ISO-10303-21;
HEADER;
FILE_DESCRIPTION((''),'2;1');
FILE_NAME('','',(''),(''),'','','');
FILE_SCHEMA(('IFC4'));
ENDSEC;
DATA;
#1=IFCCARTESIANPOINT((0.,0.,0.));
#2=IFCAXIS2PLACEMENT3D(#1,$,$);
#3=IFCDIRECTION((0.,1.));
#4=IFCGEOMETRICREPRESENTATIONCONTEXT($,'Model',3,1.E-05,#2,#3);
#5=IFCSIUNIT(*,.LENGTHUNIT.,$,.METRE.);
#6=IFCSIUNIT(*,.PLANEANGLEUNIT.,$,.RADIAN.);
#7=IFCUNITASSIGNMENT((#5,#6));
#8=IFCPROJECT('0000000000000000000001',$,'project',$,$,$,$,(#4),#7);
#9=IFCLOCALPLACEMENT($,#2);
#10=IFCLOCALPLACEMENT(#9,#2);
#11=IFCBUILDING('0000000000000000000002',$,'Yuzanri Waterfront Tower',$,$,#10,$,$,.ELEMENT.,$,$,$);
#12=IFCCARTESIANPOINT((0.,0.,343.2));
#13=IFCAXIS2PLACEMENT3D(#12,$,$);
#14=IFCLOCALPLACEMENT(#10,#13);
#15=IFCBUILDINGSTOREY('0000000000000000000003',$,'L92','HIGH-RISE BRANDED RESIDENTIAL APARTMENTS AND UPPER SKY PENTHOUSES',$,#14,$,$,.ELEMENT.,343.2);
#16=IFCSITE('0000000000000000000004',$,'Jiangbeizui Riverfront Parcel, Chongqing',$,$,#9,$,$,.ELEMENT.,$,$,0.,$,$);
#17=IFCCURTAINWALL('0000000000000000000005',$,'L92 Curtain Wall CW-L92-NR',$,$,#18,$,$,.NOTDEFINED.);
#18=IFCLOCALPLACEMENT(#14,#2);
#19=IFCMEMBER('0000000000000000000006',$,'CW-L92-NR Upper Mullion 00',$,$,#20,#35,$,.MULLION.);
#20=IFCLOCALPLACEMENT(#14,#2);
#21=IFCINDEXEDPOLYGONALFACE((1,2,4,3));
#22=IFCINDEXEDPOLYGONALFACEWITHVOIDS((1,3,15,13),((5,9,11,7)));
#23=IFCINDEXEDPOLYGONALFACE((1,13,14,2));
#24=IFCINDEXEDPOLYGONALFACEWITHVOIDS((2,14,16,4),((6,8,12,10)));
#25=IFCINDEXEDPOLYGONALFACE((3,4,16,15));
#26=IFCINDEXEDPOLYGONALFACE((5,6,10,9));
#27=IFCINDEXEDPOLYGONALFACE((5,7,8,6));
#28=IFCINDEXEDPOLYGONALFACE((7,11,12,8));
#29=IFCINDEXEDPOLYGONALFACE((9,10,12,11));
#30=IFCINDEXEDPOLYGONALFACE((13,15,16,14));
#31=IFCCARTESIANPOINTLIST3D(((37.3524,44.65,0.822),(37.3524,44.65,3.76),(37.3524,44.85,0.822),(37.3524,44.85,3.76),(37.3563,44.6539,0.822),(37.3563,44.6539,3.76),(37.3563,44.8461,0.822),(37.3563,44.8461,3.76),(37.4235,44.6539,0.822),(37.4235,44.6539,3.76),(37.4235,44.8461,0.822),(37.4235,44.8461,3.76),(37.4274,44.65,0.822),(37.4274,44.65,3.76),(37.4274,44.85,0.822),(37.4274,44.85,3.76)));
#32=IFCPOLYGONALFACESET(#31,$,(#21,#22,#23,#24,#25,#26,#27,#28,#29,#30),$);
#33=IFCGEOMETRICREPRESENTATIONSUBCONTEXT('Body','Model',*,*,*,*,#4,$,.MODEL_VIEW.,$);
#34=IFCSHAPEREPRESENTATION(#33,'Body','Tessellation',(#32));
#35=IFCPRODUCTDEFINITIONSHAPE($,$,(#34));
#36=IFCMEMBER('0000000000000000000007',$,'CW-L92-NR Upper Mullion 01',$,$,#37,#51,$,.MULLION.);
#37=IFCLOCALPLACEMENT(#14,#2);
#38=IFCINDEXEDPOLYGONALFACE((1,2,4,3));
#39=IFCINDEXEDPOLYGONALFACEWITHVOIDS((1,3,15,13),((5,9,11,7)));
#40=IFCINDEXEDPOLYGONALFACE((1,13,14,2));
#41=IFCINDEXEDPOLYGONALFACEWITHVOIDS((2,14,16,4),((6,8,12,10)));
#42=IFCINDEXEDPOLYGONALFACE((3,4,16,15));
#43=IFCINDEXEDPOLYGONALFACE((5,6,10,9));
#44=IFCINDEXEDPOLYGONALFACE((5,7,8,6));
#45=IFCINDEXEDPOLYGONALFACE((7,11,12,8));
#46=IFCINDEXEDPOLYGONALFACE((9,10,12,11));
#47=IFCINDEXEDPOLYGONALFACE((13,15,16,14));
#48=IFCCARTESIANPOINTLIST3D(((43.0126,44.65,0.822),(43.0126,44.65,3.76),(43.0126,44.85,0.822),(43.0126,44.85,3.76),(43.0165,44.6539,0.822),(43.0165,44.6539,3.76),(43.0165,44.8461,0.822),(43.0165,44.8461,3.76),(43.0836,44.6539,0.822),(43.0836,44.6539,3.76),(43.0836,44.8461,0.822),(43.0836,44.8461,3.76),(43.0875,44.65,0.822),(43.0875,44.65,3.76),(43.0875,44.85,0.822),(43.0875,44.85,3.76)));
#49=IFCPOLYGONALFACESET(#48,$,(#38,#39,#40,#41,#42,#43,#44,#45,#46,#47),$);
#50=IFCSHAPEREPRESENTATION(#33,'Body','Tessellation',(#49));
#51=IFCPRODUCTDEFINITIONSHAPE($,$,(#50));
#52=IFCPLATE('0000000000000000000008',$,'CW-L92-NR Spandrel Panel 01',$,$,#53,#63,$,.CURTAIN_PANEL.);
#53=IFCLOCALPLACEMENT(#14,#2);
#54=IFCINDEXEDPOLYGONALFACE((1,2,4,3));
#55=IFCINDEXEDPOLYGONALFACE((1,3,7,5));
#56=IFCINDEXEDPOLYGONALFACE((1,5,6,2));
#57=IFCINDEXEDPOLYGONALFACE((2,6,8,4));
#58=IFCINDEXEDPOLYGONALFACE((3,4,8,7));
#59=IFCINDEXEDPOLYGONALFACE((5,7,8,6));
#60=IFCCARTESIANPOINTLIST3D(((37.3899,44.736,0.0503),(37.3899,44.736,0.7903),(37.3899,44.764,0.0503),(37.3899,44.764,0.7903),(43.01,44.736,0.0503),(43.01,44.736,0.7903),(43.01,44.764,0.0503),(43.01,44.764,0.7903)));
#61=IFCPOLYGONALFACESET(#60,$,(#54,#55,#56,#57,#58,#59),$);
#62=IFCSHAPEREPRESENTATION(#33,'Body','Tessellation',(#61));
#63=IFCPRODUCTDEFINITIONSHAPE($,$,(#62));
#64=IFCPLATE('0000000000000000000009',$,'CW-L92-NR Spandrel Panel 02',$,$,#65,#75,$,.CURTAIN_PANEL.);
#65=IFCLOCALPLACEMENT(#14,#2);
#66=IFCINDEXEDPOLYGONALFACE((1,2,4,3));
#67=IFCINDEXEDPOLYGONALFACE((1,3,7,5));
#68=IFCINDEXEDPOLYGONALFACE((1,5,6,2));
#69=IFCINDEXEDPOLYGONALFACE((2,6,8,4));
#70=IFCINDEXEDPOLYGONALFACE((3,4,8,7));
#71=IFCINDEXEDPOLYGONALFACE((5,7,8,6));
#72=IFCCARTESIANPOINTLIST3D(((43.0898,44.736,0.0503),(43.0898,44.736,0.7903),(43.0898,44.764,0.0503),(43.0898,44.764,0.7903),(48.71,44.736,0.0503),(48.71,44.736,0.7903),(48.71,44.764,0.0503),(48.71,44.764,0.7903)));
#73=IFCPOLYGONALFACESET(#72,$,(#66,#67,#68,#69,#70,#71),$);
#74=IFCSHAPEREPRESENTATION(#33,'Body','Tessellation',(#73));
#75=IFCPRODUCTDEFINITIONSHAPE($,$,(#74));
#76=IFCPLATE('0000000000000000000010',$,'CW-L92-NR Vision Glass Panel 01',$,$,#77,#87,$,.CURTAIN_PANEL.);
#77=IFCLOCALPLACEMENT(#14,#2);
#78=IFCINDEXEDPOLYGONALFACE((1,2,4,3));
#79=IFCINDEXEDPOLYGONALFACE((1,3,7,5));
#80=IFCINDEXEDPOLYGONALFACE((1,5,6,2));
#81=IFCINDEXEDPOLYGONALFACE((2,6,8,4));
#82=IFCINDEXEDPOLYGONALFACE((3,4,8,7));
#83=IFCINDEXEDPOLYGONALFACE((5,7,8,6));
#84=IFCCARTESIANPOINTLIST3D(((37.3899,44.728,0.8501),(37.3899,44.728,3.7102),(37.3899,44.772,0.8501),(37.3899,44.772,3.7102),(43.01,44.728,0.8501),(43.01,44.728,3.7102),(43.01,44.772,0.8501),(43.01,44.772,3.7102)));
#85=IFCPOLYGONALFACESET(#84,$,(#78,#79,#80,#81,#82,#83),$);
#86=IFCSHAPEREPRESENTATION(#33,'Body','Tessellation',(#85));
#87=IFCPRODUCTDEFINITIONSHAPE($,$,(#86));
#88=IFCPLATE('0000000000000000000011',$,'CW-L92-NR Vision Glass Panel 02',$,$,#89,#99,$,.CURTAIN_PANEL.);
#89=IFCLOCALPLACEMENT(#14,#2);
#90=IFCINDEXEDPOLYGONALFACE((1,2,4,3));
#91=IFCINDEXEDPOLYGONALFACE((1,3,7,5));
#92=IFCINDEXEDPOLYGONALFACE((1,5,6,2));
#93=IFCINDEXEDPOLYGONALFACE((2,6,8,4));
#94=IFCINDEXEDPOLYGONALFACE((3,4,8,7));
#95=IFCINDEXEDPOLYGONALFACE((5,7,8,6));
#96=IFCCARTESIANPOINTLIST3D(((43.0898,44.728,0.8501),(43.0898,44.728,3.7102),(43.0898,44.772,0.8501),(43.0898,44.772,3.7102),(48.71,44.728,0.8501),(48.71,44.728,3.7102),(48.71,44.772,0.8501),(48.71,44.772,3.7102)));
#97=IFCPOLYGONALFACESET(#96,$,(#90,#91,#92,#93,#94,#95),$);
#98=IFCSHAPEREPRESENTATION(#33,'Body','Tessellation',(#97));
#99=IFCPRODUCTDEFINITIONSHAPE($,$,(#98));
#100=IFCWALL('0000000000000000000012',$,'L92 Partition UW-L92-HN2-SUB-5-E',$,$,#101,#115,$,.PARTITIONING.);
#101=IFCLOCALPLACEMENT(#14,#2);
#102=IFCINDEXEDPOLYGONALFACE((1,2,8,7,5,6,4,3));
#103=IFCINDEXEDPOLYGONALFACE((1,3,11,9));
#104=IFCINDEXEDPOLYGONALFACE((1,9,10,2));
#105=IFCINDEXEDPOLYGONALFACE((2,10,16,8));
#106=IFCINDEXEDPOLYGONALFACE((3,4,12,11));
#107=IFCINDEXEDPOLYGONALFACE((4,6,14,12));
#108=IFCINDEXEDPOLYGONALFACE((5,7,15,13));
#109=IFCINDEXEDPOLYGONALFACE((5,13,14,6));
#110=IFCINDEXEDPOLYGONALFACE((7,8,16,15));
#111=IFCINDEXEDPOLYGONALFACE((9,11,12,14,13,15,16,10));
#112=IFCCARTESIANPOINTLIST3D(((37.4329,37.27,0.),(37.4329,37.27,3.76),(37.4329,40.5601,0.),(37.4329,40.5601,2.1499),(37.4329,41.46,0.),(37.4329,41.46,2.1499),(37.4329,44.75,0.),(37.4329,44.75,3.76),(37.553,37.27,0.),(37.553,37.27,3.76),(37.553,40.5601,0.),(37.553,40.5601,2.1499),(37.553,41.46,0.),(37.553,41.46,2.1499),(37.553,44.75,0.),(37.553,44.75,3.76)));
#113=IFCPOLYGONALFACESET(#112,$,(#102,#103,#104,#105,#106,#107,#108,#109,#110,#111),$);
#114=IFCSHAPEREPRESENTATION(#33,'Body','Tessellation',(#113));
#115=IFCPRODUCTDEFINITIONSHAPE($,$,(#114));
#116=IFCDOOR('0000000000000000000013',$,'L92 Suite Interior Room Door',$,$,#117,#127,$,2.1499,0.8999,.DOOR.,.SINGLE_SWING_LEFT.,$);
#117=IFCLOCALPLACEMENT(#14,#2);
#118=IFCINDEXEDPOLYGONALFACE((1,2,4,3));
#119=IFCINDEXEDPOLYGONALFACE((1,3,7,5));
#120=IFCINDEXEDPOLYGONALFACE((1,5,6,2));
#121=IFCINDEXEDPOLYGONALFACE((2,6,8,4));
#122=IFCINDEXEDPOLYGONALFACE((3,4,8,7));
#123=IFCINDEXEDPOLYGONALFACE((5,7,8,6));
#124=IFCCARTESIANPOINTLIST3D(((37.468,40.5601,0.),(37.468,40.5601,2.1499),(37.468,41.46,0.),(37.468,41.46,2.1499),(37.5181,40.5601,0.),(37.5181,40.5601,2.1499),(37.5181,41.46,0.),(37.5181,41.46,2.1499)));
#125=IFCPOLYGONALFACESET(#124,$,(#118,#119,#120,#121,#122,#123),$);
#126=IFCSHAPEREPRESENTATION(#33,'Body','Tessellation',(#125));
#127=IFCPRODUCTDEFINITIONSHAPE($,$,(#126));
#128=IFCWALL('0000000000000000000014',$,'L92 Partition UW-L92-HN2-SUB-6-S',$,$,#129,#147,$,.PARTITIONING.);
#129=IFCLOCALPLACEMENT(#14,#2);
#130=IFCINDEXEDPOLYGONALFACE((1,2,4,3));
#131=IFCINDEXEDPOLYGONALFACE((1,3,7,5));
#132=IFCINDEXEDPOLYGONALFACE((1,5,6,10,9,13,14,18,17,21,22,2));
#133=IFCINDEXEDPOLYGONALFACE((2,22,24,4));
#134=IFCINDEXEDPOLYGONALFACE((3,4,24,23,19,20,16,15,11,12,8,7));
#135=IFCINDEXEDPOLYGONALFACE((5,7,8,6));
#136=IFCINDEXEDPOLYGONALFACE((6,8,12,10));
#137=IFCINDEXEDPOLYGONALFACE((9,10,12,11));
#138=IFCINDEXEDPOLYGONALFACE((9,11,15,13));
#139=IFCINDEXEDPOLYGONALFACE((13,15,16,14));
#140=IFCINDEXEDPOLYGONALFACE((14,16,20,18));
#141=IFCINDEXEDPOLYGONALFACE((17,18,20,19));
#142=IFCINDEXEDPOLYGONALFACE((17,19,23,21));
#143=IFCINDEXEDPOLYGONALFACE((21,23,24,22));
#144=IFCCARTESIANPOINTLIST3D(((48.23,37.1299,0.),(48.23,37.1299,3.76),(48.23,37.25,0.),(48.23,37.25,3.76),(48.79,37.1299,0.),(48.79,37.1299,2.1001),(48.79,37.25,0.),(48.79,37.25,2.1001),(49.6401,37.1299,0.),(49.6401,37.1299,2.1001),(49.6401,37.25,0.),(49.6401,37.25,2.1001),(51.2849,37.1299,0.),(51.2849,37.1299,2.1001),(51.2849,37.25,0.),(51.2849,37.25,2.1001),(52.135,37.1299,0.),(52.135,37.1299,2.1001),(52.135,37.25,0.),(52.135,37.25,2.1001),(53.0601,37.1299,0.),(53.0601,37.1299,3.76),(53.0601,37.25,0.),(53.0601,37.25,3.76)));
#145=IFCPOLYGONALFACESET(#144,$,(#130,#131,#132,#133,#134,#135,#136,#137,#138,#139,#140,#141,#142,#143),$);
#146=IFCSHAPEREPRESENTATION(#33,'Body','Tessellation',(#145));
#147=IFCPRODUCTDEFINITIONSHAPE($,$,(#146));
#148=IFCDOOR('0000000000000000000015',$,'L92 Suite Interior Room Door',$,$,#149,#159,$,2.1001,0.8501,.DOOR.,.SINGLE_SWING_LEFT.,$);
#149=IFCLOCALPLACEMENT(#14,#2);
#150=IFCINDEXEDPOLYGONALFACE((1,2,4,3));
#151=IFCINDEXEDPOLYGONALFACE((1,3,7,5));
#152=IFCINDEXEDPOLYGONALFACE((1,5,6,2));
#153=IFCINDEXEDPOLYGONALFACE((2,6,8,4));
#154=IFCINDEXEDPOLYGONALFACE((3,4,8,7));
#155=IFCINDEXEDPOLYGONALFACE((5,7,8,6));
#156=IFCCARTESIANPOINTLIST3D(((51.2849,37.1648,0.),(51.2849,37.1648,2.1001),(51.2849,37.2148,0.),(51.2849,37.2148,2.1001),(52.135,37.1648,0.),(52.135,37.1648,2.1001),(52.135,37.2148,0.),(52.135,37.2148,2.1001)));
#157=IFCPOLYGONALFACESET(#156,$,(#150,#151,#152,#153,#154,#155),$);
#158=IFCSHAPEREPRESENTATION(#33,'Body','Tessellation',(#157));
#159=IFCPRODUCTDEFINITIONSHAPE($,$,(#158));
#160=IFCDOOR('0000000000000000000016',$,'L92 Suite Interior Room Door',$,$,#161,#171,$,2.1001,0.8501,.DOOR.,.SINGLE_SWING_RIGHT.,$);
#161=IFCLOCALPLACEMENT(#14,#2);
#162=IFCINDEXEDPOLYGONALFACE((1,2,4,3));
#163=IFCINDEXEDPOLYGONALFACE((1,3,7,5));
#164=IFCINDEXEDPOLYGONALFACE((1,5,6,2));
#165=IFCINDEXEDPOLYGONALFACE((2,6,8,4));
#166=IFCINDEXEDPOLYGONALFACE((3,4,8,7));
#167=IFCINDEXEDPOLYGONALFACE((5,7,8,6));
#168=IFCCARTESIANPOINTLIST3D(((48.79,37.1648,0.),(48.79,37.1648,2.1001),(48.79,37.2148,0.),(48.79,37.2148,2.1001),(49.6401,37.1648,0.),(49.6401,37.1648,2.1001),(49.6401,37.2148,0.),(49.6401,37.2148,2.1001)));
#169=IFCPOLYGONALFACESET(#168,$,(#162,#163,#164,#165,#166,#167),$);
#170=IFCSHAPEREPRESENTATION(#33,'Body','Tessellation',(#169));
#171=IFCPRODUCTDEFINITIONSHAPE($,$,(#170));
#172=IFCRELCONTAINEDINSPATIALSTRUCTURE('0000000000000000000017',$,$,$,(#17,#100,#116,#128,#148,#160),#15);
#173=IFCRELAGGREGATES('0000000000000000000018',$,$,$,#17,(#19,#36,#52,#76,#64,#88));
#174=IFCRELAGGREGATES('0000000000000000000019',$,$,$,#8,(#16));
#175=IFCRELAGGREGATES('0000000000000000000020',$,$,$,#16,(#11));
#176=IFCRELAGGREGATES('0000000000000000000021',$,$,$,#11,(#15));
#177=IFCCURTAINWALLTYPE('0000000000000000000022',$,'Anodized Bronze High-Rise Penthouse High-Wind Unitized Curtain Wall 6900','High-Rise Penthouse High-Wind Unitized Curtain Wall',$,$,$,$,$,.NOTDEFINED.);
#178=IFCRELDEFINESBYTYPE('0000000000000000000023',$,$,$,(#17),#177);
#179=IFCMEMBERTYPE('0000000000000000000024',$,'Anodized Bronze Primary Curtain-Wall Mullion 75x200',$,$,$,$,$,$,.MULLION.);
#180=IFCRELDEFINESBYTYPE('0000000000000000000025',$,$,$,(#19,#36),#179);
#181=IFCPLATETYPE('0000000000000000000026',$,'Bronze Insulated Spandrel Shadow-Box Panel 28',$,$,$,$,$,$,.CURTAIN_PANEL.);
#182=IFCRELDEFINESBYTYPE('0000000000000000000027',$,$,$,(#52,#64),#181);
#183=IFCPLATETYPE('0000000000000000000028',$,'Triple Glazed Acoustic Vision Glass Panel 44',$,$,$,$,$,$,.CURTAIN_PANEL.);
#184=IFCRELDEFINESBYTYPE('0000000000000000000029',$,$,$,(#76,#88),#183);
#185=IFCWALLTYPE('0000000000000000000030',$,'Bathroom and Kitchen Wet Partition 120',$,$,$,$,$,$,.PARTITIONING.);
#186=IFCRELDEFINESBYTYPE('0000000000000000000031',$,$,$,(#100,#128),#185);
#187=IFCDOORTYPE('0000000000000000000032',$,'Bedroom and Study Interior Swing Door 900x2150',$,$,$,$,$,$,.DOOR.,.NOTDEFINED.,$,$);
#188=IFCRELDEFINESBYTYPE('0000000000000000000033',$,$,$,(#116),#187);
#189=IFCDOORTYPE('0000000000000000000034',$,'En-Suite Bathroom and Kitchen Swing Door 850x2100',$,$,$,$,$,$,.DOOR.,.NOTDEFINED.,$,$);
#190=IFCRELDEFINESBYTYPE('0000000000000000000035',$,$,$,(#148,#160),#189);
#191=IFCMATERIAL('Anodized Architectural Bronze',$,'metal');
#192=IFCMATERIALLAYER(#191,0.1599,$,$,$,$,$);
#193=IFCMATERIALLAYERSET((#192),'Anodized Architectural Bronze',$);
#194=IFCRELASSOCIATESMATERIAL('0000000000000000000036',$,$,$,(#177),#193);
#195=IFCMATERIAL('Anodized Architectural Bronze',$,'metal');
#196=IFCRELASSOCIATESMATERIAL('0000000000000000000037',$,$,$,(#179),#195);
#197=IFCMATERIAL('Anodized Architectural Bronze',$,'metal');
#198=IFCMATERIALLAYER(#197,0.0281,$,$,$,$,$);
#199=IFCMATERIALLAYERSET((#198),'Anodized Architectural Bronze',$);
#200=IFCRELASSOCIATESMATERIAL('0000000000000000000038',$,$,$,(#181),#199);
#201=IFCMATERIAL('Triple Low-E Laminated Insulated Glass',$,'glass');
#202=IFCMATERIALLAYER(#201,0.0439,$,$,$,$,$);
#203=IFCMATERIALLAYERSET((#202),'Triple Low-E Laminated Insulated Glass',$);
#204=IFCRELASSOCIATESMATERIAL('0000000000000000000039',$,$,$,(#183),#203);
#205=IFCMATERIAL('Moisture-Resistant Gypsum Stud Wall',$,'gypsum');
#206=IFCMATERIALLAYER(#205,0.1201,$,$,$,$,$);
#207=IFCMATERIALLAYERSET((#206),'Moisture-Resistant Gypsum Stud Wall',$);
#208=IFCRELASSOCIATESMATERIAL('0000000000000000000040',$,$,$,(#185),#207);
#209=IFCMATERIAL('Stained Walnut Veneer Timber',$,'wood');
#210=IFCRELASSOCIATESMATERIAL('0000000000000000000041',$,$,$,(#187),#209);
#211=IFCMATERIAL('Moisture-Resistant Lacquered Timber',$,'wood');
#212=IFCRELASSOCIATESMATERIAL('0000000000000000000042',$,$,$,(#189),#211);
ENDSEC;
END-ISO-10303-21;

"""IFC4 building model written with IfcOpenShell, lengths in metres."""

from ifc_helpers import new_model, si_unit, direction, frame, frame_2d, origin, origin_2d, place, context, subcontext, project, spatial, rectangle, hollow_rectangle, extrude, source, transform, mapped, material, layer, layer_set, material_profile, profile_set, type_object, element, fill, aggregate, save


model = new_model("IFC4")

# Units and contexts
model_context = context("Model", 3, precision=1e-05, world=origin(), true_north=direction((0.0, 1.0)))
body_context = subcontext(model_context, "Body", "Model", "MODEL_VIEW")
ifc_project = project(units=[si_unit("LENGTHUNIT", "METRE"), si_unit("PLANEANGLEUNIT", "RADIAN")], contexts=[model_context])

# Site, building, storey
site_placement = place(None, origin())
site = spatial("IfcSite", under=ifc_project, at=site_placement, Name="Jiangbeizui Riverfront Parcel, Chongqing", CompositionType="ELEMENT", RefElevation=0.0)
building_placement = place(site_placement, origin())
building = spatial("IfcBuilding", under=site, at=building_placement, Name="Yuzanri Waterfront Tower", CompositionType="ELEMENT")
storey_placement = place(building_placement, frame((0.0, 0.0, 343.2)))
storey = spatial("IfcBuildingStorey", under=building, at=storey_placement, Name="L92", Description="HIGH-RISE BRANDED RESIDENTIAL APARTMENTS AND UPPER SKY PENTHOUSES", CompositionType="ELEMENT", Elevation=343.2)

# Curtain wall, members, plates
ifc_material_1 = material(Name="Anodized Architectural Bronze", Category="metal")
ifc_layer_1 = layer(ifc_material_1, 0.1599)
ifc_layer_set_1 = layer_set([ifc_layer_1], Name="Anodized Architectural Bronze")
curtain_wall_type = type_object("IfcCurtainWallType", Name="Anodized Bronze High-Rise Penthouse High-Wind Unitized Curtain Wall 6900", Description="High-Rise Penthouse High-Wind Unitized Curtain Wall", PredefinedType="NOTDEFINED", material=ifc_layer_set_1)
curtain_wall_placement = place(storey_placement, origin())
curtain_wall = element("IfcCurtainWall", 1, at=curtain_wall_placement, inside=storey, type_object=curtain_wall_type, Name="L92 Curtain Wall CW-L92-NR", PredefinedType="NOTDEFINED")
ifc_material_2 = material(Name="Anodized Architectural Bronze", Category="metal")
ifc_material_profile_1 = material_profile(ifc_material_2, hollow_rectangle(XDim=0.075, YDim=0.2, WallThickness=0.0039, at=origin_2d()), Name="CWM 75x200")
ifc_profile_set_1 = profile_set([ifc_material_profile_1], Name="Anodized Architectural Bronze")
member_type_1 = type_object("IfcMemberType", Name="Anodized Bronze Primary Curtain-Wall Mullion 75x200", PredefinedType="MULLION", material=ifc_profile_set_1)
shared_shape_1 = source(origin(), body_context, "Body", "SweptSolid", [
    extrude(hollow_rectangle(XDim=0.075, YDim=0.2, WallThickness=0.0039, at=origin_2d()), origin(), (0.0, 0.0, 1.0), 2.938),
])
member_1_placement = place(storey_placement, frame((37.3899, 44.75, 0.822), z_axis=(0.0, 0.0, 1.0), x_axis=(1.0, 0.0, 0.0)))
member_1 = element("IfcMember", 2, at=member_1_placement, type_object=member_type_1, Name="CW-L92-NR Upper Mullion 00", PredefinedType="MULLION", context=body_context, shape_type="MappedRepresentation", body=[
    mapped(shared_shape_1, transform((0.0, 0.0, 0.0), scale=1.0)),
])
member_2_placement = place(storey_placement, frame((43.05, 44.75, 0.822), z_axis=(0.0, 0.0, 1.0), x_axis=(1.0, 0.0, 0.0)))
member_2 = element("IfcMember", 3, at=member_2_placement, type_object=member_type_1, Name="CW-L92-NR Upper Mullion 01", PredefinedType="MULLION", context=body_context, shape_type="MappedRepresentation", body=[
    mapped(shared_shape_1, transform((0.0, 0.0, 0.0), scale=1.0)),
])
ifc_material_3 = material(Name="Anodized Architectural Bronze", Category="metal")
ifc_layer_2 = layer(ifc_material_3, 0.0281)
ifc_layer_set_2 = layer_set([ifc_layer_2], Name="Anodized Architectural Bronze")
plate_type_1 = type_object("IfcPlateType", Name="Bronze Insulated Spandrel Shadow-Box Panel 28", PredefinedType="CURTAIN_PANEL", material=ifc_layer_set_2)
shared_shape_2 = source(origin(), body_context, "Body", "SweptSolid", [
    extrude(rectangle(XDim=5.6201, YDim=0.0281, at=origin_2d()), origin(), (0.0, 0.0, 1.0), 0.74),
])
plate_1_placement = place(storey_placement, frame((40.2, 44.75, 0.0503), z_axis=(0.0, 0.0, 1.0), x_axis=(1.0, 0.0, 0.0)))
plate_1 = element("IfcPlate", 4, at=plate_1_placement, type_object=plate_type_1, Name="CW-L92-NR Spandrel Panel 01", PredefinedType="CURTAIN_PANEL", context=body_context, shape_type="MappedRepresentation", body=[
    mapped(shared_shape_2, transform((0.0, 0.0, 0.0), scale=1.0)),
])
plate_2_placement = place(storey_placement, frame((45.8999, 44.75, 0.0503), z_axis=(0.0, 0.0, 1.0), x_axis=(1.0, 0.0, 0.0)))
plate_2 = element("IfcPlate", 5, at=plate_2_placement, type_object=plate_type_1, Name="CW-L92-NR Spandrel Panel 02", PredefinedType="CURTAIN_PANEL", context=body_context, shape_type="MappedRepresentation", body=[
    mapped(shared_shape_2, transform((0.0, 0.0, 0.0), scale=1.0)),
])
ifc_material_4 = material(Name="Triple Low-E Laminated Insulated Glass", Category="glass")
ifc_layer_3 = layer(ifc_material_4, 0.0439)
ifc_layer_set_3 = layer_set([ifc_layer_3], Name="Triple Low-E Laminated Insulated Glass")
plate_type_2 = type_object("IfcPlateType", Name="Triple Glazed Acoustic Vision Glass Panel 44", PredefinedType="CURTAIN_PANEL", material=ifc_layer_set_3)
shared_shape_3 = source(origin(), body_context, "Body", "SweptSolid", [
    extrude(rectangle(XDim=5.6201, YDim=0.0439, at=origin_2d()), origin(), (0.0, 0.0, 1.0), 2.8601),
])
plate_3_placement = place(storey_placement, frame((40.2, 44.75, 0.8501), z_axis=(0.0, 0.0, 1.0), x_axis=(1.0, 0.0, 0.0)))
plate_3 = element("IfcPlate", 6, at=plate_3_placement, type_object=plate_type_2, Name="CW-L92-NR Vision Glass Panel 01", PredefinedType="CURTAIN_PANEL", context=body_context, shape_type="MappedRepresentation", body=[
    mapped(shared_shape_3, transform((0.0, 0.0, 0.0), scale=1.0)),
])
plate_4_placement = place(storey_placement, frame((45.8999, 44.75, 0.8501), z_axis=(0.0, 0.0, 1.0), x_axis=(1.0, 0.0, 0.0)))
plate_4 = element("IfcPlate", 7, at=plate_4_placement, type_object=plate_type_2, Name="CW-L92-NR Vision Glass Panel 02", PredefinedType="CURTAIN_PANEL", context=body_context, shape_type="MappedRepresentation", body=[
    mapped(shared_shape_3, transform((0.0, 0.0, 0.0), scale=1.0)),
])
aggregate(curtain_wall, [member_1, member_2, plate_1, plate_3, plate_2, plate_4])

# Wall, opening, door
ifc_material_5 = material(Name="Moisture-Resistant Gypsum Stud Wall", Category="gypsum")
ifc_layer_4 = layer(ifc_material_5, 0.1201)
ifc_layer_set_4 = layer_set([ifc_layer_4], Name="Moisture-Resistant Gypsum Stud Wall")
wall_type = type_object("IfcWallType", Name="Bathroom and Kitchen Wet Partition 120", PredefinedType="PARTITIONING", material=ifc_layer_set_4)
wall_1_placement = place(storey_placement, frame((37.4929, 37.27, 0.0), z_axis=(0.0, 0.0, 1.0), x_axis=(0.0, 1.0, 0.0)))
wall_1 = element("IfcWall", 8, at=wall_1_placement, inside=storey, type_object=wall_type, Name="L92 Partition UW-L92-HN2-SUB-5-E", PredefinedType="PARTITIONING", context=body_context, shape_type="SweptSolid", body=[
    extrude(rectangle(XDim=7.48, YDim=0.1201, at=frame_2d((3.74, 0.0))), origin(), (0.0, 0.0, 1.0), 3.76),
])
opening_1_placement = place(wall_1_placement, frame((3.29, 0.0, 0.0)))
opening_1 = element("IfcOpeningElement", 9, at=opening_1_placement, cuts=wall_1, PredefinedType="OPENING", context=body_context, shape_type="SweptSolid", body=[
    extrude(rectangle(XDim=0.8999, YDim=2.1499, at=frame_2d((0.45, 1.075))), frame((0.0, 0.075, 0.0), z_axis=(0.0, -1.0, 0.0), x_axis=(1.0, 0.0, 0.0)), (0.0, 0.0, 1.0), 0.1499),
])
ifc_material_6 = material(Name="Stained Walnut Veneer Timber", Category="wood")
door_type_1 = type_object("IfcDoorType", Name="Bedroom and Study Interior Swing Door 900x2150", OperationType="NOTDEFINED", PredefinedType="DOOR", material=ifc_material_6)
shared_shape_4 = source(origin(), body_context, "Body", "SweptSolid", [
    extrude(rectangle(XDim=0.8999, YDim=2.1499, at=frame_2d((0.45, 1.075))), frame((0.0, 0.0249, 0.0), z_axis=(0.0, -1.0, 0.0), x_axis=(1.0, 0.0, 0.0)), (0.0, 0.0, 1.0), 0.05),
])
door_1_placement = place(opening_1_placement, origin())
door_1 = element("IfcDoor", 10, at=door_1_placement, inside=storey, type_object=door_type_1, Name="L92 Suite Interior Room Door", OperationType="SINGLE_SWING_LEFT", OverallHeight=2.1499, OverallWidth=0.8999, PredefinedType="DOOR", context=body_context, shape_type="MappedRepresentation", body=[
    mapped(shared_shape_4, transform((0.0, 0.0, 0.0), scale=1.0)),
])
fill(opening_1, door_1)

# Wall, openings, doors
wall_2_placement = place(storey_placement, frame((48.23, 37.1899, 0.0), z_axis=(0.0, 0.0, 1.0), x_axis=(1.0, 0.0, 0.0)))
wall_2 = element("IfcWall", 11, at=wall_2_placement, inside=storey, type_object=wall_type, Name="L92 Partition UW-L92-HN2-SUB-6-S", PredefinedType="PARTITIONING", context=body_context, shape_type="SweptSolid", body=[
    extrude(rectangle(XDim=4.8301, YDim=0.1201, at=frame_2d((2.415, 0.0))), origin(), (0.0, 0.0, 1.0), 3.76),
])
opening_2_placement = place(wall_2_placement, frame((3.0549, 0.0, 0.0)))
opening_2 = element("IfcOpeningElement", 12, at=opening_2_placement, cuts=wall_2, PredefinedType="OPENING", context=body_context, shape_type="SweptSolid", body=[
    extrude(rectangle(XDim=0.8501, YDim=2.1001, at=frame_2d((0.425, 1.05))), frame((0.0, 0.075, 0.0), z_axis=(0.0, -1.0, 0.0), x_axis=(1.0, 0.0, 0.0)), (0.0, 0.0, 1.0), 0.1499),
])
opening_3_placement = place(wall_2_placement, frame((0.5601, 0.0, 0.0)))
opening_3 = element("IfcOpeningElement", 13, at=opening_3_placement, cuts=wall_2, PredefinedType="OPENING", context=body_context, shape_type="SweptSolid", body=[
    extrude(rectangle(XDim=0.8501, YDim=2.1001, at=frame_2d((0.425, 1.05))), frame((0.0, 0.075, 0.0), z_axis=(0.0, -1.0, 0.0), x_axis=(1.0, 0.0, 0.0)), (0.0, 0.0, 1.0), 0.1499),
])
ifc_material_7 = material(Name="Moisture-Resistant Lacquered Timber", Category="wood")
door_type_2 = type_object("IfcDoorType", Name="En-Suite Bathroom and Kitchen Swing Door 850x2100", OperationType="NOTDEFINED", PredefinedType="DOOR", material=ifc_material_7)
shared_shape_5 = source(origin(), body_context, "Body", "SweptSolid", [
    extrude(rectangle(XDim=0.8501, YDim=2.1001, at=frame_2d((0.425, 1.05))), frame((0.0, 0.0249, 0.0), z_axis=(0.0, -1.0, 0.0), x_axis=(1.0, 0.0, 0.0)), (0.0, 0.0, 1.0), 0.05),
])
door_2_placement = place(opening_2_placement, origin())
door_2 = element("IfcDoor", 14, at=door_2_placement, inside=storey, type_object=door_type_2, Name="L92 Suite Interior Room Door", OperationType="SINGLE_SWING_LEFT", OverallHeight=2.1001, OverallWidth=0.8501, PredefinedType="DOOR", context=body_context, shape_type="MappedRepresentation", body=[
    mapped(shared_shape_5, transform((0.0, 0.0, 0.0), scale=1.0)),
])
fill(opening_2, door_2)
door_3_placement = place(opening_3_placement, origin())
door_3 = element("IfcDoor", 15, at=door_3_placement, inside=storey, type_object=door_type_2, Name="L92 Suite Interior Room Door", OperationType="SINGLE_SWING_RIGHT", OverallHeight=2.1001, OverallWidth=0.8501, PredefinedType="DOOR", context=body_context, shape_type="MappedRepresentation", body=[
    mapped(shared_shape_5, transform((0.0, 0.0, 0.0), scale=1.0)),
])
fill(opening_3, door_3)

save(model, "model.ifc")
